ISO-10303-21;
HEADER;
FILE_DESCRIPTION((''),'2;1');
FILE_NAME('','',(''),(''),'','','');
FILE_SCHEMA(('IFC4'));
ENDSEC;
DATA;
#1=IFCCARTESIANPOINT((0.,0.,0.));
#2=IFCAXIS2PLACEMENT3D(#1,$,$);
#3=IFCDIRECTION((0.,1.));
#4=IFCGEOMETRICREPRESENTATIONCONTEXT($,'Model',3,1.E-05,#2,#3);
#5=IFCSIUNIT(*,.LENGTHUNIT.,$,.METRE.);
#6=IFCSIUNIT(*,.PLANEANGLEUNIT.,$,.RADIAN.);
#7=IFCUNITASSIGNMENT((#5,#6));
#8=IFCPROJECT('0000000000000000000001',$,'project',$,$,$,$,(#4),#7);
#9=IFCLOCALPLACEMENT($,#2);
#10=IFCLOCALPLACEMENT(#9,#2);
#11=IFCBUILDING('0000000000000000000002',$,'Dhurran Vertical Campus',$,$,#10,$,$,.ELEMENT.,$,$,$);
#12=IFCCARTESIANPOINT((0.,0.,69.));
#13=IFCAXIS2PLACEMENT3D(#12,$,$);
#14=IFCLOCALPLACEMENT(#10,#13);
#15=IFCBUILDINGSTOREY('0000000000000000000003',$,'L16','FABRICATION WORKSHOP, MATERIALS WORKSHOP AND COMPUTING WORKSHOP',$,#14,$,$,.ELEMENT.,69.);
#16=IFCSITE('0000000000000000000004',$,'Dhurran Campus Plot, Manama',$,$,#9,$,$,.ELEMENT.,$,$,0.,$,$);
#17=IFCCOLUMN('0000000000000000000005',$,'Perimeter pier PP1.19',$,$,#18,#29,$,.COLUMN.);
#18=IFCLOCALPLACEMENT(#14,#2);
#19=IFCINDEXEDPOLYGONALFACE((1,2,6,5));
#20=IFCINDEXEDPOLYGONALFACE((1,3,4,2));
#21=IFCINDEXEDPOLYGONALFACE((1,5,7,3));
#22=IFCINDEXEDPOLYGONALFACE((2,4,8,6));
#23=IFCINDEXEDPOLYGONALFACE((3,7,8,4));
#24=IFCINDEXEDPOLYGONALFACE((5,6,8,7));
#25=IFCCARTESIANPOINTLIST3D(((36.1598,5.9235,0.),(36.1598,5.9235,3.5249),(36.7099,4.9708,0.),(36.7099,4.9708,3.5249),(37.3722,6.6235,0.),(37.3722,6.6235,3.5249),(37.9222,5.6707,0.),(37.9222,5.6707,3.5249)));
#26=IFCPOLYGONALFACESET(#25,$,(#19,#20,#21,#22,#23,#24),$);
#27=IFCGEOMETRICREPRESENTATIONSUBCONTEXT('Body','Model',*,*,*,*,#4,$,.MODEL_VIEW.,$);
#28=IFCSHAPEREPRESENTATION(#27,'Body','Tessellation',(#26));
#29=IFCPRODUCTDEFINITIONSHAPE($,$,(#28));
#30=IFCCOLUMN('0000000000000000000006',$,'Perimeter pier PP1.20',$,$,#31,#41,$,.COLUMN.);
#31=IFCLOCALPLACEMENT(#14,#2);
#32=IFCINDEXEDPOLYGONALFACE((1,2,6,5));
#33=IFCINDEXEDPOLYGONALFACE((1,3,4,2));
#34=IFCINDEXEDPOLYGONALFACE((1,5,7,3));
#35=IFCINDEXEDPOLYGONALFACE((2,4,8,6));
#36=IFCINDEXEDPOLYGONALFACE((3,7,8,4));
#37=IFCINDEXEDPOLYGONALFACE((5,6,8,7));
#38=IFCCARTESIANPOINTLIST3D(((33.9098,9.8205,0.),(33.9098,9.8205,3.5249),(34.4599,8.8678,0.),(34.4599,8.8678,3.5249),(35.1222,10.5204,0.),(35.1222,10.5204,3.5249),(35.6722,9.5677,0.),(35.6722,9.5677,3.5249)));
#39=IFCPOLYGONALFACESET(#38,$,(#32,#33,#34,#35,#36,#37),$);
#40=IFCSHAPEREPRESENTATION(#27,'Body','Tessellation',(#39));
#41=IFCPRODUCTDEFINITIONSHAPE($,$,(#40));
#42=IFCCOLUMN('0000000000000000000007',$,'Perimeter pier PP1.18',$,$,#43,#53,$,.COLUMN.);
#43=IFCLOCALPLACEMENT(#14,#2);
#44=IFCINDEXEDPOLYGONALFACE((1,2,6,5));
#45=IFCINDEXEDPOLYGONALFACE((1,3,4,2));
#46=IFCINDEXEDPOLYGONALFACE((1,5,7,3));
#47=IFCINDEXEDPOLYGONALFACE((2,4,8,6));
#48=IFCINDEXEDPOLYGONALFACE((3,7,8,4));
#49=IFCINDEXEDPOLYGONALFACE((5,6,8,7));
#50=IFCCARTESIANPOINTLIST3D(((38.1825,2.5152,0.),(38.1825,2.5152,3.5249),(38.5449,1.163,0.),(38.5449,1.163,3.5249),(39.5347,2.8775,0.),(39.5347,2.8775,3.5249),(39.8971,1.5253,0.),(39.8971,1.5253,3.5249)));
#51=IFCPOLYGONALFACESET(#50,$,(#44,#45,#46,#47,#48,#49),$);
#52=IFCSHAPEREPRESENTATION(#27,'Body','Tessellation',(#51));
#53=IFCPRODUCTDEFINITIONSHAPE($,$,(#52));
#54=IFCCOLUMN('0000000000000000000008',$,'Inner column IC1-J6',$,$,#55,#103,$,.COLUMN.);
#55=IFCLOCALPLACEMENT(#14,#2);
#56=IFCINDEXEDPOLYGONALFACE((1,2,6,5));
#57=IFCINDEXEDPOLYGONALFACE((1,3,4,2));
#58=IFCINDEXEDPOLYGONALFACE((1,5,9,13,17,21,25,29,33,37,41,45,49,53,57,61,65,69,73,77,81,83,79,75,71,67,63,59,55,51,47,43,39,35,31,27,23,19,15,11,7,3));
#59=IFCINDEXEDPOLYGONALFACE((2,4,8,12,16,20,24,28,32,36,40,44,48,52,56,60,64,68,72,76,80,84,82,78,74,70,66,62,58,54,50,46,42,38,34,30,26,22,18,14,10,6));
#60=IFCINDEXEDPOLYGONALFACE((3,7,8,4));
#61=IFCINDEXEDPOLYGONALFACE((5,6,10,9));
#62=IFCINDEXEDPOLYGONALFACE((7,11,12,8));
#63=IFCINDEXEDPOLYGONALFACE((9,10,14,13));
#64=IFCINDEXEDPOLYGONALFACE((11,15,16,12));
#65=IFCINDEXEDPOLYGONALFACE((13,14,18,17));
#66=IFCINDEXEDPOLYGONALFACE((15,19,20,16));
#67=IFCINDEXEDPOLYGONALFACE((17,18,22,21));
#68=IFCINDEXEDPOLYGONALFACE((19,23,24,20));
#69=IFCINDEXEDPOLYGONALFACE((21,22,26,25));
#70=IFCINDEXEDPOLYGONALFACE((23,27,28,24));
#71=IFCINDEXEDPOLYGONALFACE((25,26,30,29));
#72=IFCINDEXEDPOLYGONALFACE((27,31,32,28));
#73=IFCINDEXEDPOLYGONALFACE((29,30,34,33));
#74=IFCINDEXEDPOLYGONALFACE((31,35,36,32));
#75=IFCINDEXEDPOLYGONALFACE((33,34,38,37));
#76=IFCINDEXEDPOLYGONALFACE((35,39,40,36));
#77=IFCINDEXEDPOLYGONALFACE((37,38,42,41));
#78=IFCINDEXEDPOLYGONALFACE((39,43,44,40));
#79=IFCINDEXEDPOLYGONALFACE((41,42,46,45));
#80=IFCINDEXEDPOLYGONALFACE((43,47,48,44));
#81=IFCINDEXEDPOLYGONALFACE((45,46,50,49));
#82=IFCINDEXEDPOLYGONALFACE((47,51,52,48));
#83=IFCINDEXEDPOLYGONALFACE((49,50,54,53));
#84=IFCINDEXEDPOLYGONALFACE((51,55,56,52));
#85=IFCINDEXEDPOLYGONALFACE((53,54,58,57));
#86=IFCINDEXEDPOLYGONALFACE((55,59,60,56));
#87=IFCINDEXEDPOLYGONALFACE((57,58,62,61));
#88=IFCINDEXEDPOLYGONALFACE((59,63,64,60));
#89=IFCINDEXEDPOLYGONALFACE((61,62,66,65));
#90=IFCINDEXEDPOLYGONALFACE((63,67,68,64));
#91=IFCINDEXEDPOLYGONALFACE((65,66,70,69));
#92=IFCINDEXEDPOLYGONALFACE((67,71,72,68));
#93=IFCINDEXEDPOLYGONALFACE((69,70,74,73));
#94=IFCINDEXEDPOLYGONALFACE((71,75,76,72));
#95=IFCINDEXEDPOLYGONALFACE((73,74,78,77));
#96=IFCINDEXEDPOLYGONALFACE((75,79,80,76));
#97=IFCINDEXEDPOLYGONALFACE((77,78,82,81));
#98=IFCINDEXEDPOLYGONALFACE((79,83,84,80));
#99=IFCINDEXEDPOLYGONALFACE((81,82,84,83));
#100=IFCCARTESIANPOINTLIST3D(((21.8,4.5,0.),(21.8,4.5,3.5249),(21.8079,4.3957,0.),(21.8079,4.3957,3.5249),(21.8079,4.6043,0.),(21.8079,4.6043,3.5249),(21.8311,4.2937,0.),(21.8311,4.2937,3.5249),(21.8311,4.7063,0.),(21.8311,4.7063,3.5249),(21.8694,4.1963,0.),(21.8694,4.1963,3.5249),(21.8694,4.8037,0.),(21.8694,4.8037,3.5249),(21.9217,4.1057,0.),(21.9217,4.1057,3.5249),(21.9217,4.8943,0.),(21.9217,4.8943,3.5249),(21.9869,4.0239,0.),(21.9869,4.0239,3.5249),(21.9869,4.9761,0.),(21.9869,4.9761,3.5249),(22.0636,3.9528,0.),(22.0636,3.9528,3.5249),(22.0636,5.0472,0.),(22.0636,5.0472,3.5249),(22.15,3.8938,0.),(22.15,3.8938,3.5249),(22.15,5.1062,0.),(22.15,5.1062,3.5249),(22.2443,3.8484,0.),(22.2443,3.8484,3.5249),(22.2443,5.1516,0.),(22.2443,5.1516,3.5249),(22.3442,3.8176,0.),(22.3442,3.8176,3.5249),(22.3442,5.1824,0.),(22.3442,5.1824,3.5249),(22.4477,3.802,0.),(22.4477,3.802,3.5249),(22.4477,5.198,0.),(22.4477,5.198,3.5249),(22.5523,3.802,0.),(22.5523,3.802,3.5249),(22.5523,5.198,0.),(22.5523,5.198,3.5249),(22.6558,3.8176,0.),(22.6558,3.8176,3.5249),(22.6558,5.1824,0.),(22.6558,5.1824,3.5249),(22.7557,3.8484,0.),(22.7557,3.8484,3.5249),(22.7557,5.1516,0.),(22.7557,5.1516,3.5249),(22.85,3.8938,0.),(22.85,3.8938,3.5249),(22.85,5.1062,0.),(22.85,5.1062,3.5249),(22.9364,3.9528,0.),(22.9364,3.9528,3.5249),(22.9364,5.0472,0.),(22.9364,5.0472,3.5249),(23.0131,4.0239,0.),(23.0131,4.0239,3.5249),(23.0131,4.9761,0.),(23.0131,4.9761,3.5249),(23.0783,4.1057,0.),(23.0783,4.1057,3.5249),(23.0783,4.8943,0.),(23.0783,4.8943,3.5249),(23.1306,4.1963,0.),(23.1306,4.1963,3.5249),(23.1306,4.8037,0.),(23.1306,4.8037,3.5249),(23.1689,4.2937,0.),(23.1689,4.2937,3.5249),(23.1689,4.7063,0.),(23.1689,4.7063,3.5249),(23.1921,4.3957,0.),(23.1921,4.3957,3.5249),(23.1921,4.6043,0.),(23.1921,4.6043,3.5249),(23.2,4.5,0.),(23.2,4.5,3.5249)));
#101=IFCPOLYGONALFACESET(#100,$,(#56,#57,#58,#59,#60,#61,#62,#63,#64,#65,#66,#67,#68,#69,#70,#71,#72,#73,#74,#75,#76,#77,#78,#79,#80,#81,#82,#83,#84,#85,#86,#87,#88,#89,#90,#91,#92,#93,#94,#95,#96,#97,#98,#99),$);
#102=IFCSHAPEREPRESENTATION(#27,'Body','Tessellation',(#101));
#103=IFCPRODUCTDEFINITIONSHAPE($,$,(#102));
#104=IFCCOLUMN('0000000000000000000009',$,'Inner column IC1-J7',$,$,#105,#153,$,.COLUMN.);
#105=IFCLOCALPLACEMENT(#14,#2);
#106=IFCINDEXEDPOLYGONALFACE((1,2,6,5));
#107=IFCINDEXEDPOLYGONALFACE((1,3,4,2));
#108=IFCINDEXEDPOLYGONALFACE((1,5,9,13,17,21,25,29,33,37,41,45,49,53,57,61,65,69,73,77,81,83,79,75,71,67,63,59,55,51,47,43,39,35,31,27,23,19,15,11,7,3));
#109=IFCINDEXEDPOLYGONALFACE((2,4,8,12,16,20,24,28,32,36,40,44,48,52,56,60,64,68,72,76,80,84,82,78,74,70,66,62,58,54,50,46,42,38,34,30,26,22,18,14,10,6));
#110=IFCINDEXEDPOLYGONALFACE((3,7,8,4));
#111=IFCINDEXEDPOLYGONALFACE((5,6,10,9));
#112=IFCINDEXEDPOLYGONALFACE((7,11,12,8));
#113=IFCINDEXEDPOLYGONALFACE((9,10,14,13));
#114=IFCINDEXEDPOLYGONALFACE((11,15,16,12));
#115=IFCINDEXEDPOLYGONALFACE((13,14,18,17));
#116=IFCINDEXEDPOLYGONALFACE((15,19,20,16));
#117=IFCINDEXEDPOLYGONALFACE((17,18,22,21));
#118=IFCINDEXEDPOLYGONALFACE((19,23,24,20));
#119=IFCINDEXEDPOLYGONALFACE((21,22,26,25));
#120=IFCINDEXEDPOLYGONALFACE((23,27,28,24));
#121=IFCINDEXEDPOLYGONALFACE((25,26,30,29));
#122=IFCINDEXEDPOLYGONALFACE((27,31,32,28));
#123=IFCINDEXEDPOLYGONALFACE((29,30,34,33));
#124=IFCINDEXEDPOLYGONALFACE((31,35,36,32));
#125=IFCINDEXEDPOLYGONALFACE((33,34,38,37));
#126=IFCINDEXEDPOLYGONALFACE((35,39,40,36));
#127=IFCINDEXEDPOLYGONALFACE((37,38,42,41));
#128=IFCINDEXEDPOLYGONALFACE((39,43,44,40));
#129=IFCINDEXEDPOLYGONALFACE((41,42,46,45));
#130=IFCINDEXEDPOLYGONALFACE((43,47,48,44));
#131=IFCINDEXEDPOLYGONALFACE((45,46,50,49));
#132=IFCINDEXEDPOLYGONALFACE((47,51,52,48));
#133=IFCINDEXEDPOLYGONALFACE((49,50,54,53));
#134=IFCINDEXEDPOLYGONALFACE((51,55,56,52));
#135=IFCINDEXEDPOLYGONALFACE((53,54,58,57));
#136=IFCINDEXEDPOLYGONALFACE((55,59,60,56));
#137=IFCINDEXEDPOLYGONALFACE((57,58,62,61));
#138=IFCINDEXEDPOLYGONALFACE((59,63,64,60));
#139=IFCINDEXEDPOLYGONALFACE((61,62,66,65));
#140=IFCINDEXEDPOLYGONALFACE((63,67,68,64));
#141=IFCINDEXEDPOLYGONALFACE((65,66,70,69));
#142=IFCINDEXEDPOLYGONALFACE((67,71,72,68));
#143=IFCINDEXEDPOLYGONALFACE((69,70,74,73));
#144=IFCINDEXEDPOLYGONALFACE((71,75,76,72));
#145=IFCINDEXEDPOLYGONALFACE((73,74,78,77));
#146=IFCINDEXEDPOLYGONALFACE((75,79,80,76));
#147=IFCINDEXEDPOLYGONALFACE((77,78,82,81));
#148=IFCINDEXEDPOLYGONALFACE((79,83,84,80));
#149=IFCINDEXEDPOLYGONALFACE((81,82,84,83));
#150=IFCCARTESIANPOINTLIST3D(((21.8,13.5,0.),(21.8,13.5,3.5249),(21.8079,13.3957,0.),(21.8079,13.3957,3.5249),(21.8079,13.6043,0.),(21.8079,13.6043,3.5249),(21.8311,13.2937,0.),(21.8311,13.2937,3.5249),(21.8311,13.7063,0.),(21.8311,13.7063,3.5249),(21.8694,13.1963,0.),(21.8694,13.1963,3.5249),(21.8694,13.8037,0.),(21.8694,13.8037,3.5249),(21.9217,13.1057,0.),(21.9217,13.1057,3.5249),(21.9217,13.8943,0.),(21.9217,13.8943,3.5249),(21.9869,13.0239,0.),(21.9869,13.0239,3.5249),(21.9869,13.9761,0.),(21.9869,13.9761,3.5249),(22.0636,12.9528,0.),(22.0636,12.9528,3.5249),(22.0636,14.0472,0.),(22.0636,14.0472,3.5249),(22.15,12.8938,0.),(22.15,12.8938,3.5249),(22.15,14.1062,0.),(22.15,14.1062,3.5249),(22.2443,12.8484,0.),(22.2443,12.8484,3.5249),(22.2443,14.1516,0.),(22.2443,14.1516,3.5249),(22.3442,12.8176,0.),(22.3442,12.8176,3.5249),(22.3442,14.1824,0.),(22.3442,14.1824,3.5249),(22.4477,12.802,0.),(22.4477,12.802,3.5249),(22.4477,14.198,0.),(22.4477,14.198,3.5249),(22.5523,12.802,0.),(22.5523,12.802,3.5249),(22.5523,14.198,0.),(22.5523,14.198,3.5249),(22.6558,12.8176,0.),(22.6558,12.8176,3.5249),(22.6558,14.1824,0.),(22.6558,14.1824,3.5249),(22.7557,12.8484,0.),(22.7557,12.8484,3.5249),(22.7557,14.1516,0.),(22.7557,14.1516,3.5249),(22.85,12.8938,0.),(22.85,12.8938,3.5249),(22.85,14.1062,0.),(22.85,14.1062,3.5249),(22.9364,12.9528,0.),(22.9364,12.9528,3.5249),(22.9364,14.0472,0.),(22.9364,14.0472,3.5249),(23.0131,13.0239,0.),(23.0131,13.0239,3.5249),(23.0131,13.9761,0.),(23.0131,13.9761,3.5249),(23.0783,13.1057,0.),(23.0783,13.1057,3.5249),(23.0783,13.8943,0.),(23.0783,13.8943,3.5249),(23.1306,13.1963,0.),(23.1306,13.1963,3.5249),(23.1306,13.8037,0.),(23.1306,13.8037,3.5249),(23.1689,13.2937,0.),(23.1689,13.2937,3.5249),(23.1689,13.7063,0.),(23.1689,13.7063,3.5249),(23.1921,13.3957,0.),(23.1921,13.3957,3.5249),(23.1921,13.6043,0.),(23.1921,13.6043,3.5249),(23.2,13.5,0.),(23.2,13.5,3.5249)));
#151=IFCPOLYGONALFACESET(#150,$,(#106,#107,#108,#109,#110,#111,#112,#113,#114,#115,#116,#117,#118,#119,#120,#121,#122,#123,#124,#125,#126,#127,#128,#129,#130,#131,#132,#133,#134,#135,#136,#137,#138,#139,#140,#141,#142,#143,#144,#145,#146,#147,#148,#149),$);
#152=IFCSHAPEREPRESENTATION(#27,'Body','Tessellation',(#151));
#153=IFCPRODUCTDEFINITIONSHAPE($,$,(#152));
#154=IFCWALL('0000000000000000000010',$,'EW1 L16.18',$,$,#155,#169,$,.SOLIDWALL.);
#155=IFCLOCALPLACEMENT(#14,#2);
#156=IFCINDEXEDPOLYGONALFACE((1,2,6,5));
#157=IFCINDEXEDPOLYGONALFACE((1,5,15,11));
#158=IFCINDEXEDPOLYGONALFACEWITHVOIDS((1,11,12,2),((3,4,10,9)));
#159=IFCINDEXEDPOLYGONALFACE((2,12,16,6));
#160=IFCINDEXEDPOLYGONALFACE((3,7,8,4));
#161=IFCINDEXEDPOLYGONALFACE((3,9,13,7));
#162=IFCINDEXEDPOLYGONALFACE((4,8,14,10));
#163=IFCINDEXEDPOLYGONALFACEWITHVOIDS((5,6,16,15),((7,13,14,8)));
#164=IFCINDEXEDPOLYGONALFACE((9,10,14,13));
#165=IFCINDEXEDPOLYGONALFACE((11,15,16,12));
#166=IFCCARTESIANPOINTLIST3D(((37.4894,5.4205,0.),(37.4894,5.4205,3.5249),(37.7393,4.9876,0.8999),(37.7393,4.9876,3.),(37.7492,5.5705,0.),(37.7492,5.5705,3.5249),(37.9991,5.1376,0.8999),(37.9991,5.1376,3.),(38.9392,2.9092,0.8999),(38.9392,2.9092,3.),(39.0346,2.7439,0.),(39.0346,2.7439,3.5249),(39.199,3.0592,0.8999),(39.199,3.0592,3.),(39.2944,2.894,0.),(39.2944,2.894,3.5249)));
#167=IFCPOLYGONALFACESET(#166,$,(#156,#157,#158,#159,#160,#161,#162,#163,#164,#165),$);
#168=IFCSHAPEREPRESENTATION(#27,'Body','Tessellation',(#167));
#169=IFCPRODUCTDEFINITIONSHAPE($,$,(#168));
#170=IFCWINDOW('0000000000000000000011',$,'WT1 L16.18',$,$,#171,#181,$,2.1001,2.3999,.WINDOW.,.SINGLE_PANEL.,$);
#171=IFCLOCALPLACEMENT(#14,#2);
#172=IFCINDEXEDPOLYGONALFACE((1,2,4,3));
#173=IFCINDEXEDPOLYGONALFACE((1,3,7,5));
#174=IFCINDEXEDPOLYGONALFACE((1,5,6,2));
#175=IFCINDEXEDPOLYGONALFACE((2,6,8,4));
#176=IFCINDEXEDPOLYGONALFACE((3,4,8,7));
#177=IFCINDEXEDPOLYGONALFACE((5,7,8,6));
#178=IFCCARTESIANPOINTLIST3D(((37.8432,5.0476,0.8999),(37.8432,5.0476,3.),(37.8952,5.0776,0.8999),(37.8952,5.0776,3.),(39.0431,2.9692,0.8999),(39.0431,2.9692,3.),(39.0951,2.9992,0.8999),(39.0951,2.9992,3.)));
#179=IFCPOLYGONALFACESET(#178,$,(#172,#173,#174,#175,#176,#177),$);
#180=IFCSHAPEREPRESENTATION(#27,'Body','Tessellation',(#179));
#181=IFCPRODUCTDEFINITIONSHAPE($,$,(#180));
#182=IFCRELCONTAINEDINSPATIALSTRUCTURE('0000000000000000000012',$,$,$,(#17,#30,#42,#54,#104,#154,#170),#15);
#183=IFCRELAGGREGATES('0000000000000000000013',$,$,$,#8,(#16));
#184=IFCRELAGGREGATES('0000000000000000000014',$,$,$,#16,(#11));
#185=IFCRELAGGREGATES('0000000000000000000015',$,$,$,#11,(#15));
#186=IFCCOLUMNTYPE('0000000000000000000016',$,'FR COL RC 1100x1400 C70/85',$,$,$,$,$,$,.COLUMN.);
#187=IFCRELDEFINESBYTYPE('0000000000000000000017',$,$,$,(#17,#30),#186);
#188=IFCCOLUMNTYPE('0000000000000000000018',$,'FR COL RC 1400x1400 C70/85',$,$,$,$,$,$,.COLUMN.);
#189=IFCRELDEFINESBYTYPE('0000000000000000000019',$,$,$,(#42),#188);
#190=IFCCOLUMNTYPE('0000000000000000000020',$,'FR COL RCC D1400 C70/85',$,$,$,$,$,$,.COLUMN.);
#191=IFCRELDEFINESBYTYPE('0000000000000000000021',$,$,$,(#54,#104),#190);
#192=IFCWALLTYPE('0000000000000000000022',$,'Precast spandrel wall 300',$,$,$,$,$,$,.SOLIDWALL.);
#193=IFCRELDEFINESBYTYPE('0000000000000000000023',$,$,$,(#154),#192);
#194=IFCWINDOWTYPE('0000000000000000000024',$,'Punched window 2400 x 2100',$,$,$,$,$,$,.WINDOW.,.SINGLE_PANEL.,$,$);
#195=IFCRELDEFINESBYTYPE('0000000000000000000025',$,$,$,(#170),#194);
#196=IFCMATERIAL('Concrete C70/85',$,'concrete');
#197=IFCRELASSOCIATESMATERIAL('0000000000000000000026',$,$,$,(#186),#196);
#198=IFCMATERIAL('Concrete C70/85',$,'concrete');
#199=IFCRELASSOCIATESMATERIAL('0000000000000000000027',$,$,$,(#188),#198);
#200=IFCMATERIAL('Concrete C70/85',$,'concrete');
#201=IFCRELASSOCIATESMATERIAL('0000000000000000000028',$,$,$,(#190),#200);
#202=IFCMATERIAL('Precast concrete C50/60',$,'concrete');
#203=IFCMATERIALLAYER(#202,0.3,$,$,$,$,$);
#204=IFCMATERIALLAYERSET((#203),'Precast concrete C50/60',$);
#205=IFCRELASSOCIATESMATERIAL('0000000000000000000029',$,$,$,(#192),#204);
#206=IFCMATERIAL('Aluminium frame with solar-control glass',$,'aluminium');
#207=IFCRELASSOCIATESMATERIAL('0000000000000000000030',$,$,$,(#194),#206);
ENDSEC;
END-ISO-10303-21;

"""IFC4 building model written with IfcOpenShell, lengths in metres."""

from ifc_helpers import new_model, si_unit, direction, frame, frame_2d, origin, origin_2d, place, context, subcontext, project, spatial, rectangle, circle, extrude, material, layer, layer_set, material_profile, profile_set, type_object, element, fill, save


model = new_model("IFC4")

# Units and contexts
model_context = context("Model", 3, precision=1e-05, world=origin(), true_north=direction((0.0, 1.0)))
body_context = subcontext(model_context, "Body", "Model", "MODEL_VIEW")
ifc_project = project(units=[si_unit("LENGTHUNIT", "METRE"), si_unit("PLANEANGLEUNIT", "RADIAN")], contexts=[model_context])

# Site, building, storey
site_placement = place(None, origin())
site = spatial("IfcSite", under=ifc_project, at=site_placement, Name="Dhurran Campus Plot, Manama", CompositionType="ELEMENT", RefElevation=0.0)
building_placement = place(site_placement, origin())
building = spatial("IfcBuilding", under=site, at=building_placement, Name="Dhurran Vertical Campus", CompositionType="ELEMENT")
storey_placement = place(building_placement, frame((0.0, 0.0, 69.0)))
storey = spatial("IfcBuildingStorey", under=building, at=storey_placement, Name="L16", Description="FABRICATION WORKSHOP, MATERIALS WORKSHOP AND COMPUTING WORKSHOP", CompositionType="ELEMENT", Elevation=69.0)

# Columns
ifc_material_1 = material(Name="Concrete C70/85", Category="concrete")
ifc_material_profile_1 = material_profile(ifc_material_1, rectangle(XDim=1.1001, YDim=1.3999, at=origin_2d()), Name="RC 1100x1400")
ifc_profile_set_1 = profile_set([ifc_material_profile_1], Name="Concrete C70/85")
column_type_1 = type_object("IfcColumnType", Name="FR COL RC 1100x1400 C70/85", PredefinedType="COLUMN", material=ifc_profile_set_1)
for number, where, z_axis, x_axis, name in (
    (1, (37.041, 5.7971, 0.0), (0.0, 0.0, 1.0), (-0.5, 0.866025, 0.0), "Perimeter pier PP1.19"),
    (2, (34.791, 9.6941, 0.0), (0.0, 0.0, 1.0), (-0.5, 0.866025, 0.0), "Perimeter pier PP1.20"),
):
    element("IfcColumn", number, at=place(storey_placement, frame(where, z_axis=z_axis, x_axis=x_axis)), inside=storey, type_object=column_type_1, Name=name, PredefinedType="COLUMN", context=body_context, shape_type="SweptSolid", body=[
        extrude(rectangle(XDim=1.1001, YDim=1.3999, at=origin_2d()), origin(), (0.0, 0.0, 1.0), 3.5249),
    ])
ifc_material_2 = material(Name="Concrete C70/85", Category="concrete")
ifc_material_profile_2 = material_profile(ifc_material_2, rectangle(XDim=1.3999, YDim=1.3999, at=origin_2d()), Name="RC 1400x1400")
ifc_profile_set_2 = profile_set([ifc_material_profile_2], Name="Concrete C70/85")
column_type_2 = type_object("IfcColumnType", Name="FR COL RC 1400x1400 C70/85", PredefinedType="COLUMN", material=ifc_profile_set_2)
column_placement = place(storey_placement, frame((39.0398, 2.0203, 0.0), z_axis=(0.0, 0.0, 1.0), x_axis=(-0.258819, 0.965926, 0.0)))
element("IfcColumn", 3, at=column_placement, inside=storey, type_object=column_type_2, Name="Perimeter pier PP1.18", PredefinedType="COLUMN", context=body_context, shape_type="SweptSolid", body=[
    extrude(rectangle(XDim=1.3999, YDim=1.3999, at=origin_2d()), origin(), (0.0, 0.0, 1.0), 3.5249),
])
ifc_material_3 = material(Name="Concrete C70/85", Category="concrete")
ifc_material_profile_3 = material_profile(ifc_material_3, circle(Radius=0.7, at=origin_2d()), Name="RCC D1400")
ifc_profile_set_3 = profile_set([ifc_material_profile_3], Name="Concrete C70/85")
column_type_3 = type_object("IfcColumnType", Name="FR COL RCC D1400 C70/85", PredefinedType="COLUMN", material=ifc_profile_set_3)
for number, where, z_axis, x_axis, name in (
    (4, (22.5, 4.5, 0.0), (0.0, 0.0, 1.0), (1.0, 0.0, 0.0), "Inner column IC1-J6"),
    (5, (22.5, 13.5, 0.0), (0.0, 0.0, 1.0), (1.0, 0.0, 0.0), "Inner column IC1-J7"),
):
    element("IfcColumn", number, at=place(storey_placement, frame(where, z_axis=z_axis, x_axis=x_axis)), inside=storey, type_object=column_type_3, Name=name, PredefinedType="COLUMN", context=body_context, shape_type="SweptSolid", body=[
        extrude(circle(Radius=0.7, at=origin_2d()), origin(), (0.0, 0.0, 1.0), 3.5249),
    ])

# Wall, opening, window
ifc_material_4 = material(Name="Precast concrete C50/60", Category="concrete")
ifc_layer_1 = layer(ifc_material_4, 0.3)
ifc_layer_set_1 = layer_set([ifc_layer_1], Name="Precast concrete C50/60")
wall_type_1 = type_object("IfcWallType", Name="Precast spandrel wall 300", PredefinedType="SOLIDWALL", material=ifc_layer_set_1)
wall_1_placement = place(storey_placement, frame((39.1646, 2.8188, 0.0), z_axis=(0.0, 0.0, 1.0), x_axis=(-0.499971, 0.866042, 0.0)))
wall_1 = element("IfcWall", 6, at=wall_1_placement, inside=storey, type_object=wall_type_1, Name="EW1 L16.18", PredefinedType="SOLIDWALL", context=body_context, shape_type="SweptSolid", body=[
    extrude(rectangle(XDim=3.0906, YDim=0.3, at=frame_2d((1.5454, 0.0))), origin(), (0.0, 0.0, 1.0), 3.5249),
])
opening_1_placement = place(wall_1_placement, frame((0.1909, 0.0, 0.8999)))
opening_1 = element("IfcOpeningElement", 7, at=opening_1_placement, cuts=wall_1, PredefinedType="OPENING", context=body_context, shape_type="SweptSolid", body=[
    extrude(rectangle(XDim=2.3999, YDim=2.1001, at=frame_2d((1.2, 1.05))), frame((0.0, 0.1599, 0.0), z_axis=(0.0, -1.0, 0.0), x_axis=(1.0, 0.0, 0.0)), (0.0, 0.0, 1.0), 0.3201),
])
ifc_material_5 = material(Name="Aluminium frame with solar-control glass", Category="aluminium")
window_type = type_object("IfcWindowType", Name="Punched window 2400 x 2100", PartitioningType="SINGLE_PANEL", PredefinedType="WINDOW", material=ifc_material_5)
window_1_placement = place(opening_1_placement, origin())
window_1 = element("IfcWindow", 8, at=window_1_placement, inside=storey, type_object=window_type, Name="WT1 L16.18", OverallHeight=2.1001, OverallWidth=2.3999, PartitioningType="SINGLE_PANEL", PredefinedType="WINDOW", context=body_context, shape_type="SweptSolid", body=[
    extrude(rectangle(XDim=2.3999, YDim=2.1001, at=frame_2d((1.2, 1.05))), frame((0.0, 0.03, 0.0), z_axis=(0.0, -1.0, 0.0), x_axis=(1.0, 0.0, 0.0)), (0.0, 0.0, 1.0), 0.0601),
])
fill(opening_1, window_1)

save(model, "model.ifc")
